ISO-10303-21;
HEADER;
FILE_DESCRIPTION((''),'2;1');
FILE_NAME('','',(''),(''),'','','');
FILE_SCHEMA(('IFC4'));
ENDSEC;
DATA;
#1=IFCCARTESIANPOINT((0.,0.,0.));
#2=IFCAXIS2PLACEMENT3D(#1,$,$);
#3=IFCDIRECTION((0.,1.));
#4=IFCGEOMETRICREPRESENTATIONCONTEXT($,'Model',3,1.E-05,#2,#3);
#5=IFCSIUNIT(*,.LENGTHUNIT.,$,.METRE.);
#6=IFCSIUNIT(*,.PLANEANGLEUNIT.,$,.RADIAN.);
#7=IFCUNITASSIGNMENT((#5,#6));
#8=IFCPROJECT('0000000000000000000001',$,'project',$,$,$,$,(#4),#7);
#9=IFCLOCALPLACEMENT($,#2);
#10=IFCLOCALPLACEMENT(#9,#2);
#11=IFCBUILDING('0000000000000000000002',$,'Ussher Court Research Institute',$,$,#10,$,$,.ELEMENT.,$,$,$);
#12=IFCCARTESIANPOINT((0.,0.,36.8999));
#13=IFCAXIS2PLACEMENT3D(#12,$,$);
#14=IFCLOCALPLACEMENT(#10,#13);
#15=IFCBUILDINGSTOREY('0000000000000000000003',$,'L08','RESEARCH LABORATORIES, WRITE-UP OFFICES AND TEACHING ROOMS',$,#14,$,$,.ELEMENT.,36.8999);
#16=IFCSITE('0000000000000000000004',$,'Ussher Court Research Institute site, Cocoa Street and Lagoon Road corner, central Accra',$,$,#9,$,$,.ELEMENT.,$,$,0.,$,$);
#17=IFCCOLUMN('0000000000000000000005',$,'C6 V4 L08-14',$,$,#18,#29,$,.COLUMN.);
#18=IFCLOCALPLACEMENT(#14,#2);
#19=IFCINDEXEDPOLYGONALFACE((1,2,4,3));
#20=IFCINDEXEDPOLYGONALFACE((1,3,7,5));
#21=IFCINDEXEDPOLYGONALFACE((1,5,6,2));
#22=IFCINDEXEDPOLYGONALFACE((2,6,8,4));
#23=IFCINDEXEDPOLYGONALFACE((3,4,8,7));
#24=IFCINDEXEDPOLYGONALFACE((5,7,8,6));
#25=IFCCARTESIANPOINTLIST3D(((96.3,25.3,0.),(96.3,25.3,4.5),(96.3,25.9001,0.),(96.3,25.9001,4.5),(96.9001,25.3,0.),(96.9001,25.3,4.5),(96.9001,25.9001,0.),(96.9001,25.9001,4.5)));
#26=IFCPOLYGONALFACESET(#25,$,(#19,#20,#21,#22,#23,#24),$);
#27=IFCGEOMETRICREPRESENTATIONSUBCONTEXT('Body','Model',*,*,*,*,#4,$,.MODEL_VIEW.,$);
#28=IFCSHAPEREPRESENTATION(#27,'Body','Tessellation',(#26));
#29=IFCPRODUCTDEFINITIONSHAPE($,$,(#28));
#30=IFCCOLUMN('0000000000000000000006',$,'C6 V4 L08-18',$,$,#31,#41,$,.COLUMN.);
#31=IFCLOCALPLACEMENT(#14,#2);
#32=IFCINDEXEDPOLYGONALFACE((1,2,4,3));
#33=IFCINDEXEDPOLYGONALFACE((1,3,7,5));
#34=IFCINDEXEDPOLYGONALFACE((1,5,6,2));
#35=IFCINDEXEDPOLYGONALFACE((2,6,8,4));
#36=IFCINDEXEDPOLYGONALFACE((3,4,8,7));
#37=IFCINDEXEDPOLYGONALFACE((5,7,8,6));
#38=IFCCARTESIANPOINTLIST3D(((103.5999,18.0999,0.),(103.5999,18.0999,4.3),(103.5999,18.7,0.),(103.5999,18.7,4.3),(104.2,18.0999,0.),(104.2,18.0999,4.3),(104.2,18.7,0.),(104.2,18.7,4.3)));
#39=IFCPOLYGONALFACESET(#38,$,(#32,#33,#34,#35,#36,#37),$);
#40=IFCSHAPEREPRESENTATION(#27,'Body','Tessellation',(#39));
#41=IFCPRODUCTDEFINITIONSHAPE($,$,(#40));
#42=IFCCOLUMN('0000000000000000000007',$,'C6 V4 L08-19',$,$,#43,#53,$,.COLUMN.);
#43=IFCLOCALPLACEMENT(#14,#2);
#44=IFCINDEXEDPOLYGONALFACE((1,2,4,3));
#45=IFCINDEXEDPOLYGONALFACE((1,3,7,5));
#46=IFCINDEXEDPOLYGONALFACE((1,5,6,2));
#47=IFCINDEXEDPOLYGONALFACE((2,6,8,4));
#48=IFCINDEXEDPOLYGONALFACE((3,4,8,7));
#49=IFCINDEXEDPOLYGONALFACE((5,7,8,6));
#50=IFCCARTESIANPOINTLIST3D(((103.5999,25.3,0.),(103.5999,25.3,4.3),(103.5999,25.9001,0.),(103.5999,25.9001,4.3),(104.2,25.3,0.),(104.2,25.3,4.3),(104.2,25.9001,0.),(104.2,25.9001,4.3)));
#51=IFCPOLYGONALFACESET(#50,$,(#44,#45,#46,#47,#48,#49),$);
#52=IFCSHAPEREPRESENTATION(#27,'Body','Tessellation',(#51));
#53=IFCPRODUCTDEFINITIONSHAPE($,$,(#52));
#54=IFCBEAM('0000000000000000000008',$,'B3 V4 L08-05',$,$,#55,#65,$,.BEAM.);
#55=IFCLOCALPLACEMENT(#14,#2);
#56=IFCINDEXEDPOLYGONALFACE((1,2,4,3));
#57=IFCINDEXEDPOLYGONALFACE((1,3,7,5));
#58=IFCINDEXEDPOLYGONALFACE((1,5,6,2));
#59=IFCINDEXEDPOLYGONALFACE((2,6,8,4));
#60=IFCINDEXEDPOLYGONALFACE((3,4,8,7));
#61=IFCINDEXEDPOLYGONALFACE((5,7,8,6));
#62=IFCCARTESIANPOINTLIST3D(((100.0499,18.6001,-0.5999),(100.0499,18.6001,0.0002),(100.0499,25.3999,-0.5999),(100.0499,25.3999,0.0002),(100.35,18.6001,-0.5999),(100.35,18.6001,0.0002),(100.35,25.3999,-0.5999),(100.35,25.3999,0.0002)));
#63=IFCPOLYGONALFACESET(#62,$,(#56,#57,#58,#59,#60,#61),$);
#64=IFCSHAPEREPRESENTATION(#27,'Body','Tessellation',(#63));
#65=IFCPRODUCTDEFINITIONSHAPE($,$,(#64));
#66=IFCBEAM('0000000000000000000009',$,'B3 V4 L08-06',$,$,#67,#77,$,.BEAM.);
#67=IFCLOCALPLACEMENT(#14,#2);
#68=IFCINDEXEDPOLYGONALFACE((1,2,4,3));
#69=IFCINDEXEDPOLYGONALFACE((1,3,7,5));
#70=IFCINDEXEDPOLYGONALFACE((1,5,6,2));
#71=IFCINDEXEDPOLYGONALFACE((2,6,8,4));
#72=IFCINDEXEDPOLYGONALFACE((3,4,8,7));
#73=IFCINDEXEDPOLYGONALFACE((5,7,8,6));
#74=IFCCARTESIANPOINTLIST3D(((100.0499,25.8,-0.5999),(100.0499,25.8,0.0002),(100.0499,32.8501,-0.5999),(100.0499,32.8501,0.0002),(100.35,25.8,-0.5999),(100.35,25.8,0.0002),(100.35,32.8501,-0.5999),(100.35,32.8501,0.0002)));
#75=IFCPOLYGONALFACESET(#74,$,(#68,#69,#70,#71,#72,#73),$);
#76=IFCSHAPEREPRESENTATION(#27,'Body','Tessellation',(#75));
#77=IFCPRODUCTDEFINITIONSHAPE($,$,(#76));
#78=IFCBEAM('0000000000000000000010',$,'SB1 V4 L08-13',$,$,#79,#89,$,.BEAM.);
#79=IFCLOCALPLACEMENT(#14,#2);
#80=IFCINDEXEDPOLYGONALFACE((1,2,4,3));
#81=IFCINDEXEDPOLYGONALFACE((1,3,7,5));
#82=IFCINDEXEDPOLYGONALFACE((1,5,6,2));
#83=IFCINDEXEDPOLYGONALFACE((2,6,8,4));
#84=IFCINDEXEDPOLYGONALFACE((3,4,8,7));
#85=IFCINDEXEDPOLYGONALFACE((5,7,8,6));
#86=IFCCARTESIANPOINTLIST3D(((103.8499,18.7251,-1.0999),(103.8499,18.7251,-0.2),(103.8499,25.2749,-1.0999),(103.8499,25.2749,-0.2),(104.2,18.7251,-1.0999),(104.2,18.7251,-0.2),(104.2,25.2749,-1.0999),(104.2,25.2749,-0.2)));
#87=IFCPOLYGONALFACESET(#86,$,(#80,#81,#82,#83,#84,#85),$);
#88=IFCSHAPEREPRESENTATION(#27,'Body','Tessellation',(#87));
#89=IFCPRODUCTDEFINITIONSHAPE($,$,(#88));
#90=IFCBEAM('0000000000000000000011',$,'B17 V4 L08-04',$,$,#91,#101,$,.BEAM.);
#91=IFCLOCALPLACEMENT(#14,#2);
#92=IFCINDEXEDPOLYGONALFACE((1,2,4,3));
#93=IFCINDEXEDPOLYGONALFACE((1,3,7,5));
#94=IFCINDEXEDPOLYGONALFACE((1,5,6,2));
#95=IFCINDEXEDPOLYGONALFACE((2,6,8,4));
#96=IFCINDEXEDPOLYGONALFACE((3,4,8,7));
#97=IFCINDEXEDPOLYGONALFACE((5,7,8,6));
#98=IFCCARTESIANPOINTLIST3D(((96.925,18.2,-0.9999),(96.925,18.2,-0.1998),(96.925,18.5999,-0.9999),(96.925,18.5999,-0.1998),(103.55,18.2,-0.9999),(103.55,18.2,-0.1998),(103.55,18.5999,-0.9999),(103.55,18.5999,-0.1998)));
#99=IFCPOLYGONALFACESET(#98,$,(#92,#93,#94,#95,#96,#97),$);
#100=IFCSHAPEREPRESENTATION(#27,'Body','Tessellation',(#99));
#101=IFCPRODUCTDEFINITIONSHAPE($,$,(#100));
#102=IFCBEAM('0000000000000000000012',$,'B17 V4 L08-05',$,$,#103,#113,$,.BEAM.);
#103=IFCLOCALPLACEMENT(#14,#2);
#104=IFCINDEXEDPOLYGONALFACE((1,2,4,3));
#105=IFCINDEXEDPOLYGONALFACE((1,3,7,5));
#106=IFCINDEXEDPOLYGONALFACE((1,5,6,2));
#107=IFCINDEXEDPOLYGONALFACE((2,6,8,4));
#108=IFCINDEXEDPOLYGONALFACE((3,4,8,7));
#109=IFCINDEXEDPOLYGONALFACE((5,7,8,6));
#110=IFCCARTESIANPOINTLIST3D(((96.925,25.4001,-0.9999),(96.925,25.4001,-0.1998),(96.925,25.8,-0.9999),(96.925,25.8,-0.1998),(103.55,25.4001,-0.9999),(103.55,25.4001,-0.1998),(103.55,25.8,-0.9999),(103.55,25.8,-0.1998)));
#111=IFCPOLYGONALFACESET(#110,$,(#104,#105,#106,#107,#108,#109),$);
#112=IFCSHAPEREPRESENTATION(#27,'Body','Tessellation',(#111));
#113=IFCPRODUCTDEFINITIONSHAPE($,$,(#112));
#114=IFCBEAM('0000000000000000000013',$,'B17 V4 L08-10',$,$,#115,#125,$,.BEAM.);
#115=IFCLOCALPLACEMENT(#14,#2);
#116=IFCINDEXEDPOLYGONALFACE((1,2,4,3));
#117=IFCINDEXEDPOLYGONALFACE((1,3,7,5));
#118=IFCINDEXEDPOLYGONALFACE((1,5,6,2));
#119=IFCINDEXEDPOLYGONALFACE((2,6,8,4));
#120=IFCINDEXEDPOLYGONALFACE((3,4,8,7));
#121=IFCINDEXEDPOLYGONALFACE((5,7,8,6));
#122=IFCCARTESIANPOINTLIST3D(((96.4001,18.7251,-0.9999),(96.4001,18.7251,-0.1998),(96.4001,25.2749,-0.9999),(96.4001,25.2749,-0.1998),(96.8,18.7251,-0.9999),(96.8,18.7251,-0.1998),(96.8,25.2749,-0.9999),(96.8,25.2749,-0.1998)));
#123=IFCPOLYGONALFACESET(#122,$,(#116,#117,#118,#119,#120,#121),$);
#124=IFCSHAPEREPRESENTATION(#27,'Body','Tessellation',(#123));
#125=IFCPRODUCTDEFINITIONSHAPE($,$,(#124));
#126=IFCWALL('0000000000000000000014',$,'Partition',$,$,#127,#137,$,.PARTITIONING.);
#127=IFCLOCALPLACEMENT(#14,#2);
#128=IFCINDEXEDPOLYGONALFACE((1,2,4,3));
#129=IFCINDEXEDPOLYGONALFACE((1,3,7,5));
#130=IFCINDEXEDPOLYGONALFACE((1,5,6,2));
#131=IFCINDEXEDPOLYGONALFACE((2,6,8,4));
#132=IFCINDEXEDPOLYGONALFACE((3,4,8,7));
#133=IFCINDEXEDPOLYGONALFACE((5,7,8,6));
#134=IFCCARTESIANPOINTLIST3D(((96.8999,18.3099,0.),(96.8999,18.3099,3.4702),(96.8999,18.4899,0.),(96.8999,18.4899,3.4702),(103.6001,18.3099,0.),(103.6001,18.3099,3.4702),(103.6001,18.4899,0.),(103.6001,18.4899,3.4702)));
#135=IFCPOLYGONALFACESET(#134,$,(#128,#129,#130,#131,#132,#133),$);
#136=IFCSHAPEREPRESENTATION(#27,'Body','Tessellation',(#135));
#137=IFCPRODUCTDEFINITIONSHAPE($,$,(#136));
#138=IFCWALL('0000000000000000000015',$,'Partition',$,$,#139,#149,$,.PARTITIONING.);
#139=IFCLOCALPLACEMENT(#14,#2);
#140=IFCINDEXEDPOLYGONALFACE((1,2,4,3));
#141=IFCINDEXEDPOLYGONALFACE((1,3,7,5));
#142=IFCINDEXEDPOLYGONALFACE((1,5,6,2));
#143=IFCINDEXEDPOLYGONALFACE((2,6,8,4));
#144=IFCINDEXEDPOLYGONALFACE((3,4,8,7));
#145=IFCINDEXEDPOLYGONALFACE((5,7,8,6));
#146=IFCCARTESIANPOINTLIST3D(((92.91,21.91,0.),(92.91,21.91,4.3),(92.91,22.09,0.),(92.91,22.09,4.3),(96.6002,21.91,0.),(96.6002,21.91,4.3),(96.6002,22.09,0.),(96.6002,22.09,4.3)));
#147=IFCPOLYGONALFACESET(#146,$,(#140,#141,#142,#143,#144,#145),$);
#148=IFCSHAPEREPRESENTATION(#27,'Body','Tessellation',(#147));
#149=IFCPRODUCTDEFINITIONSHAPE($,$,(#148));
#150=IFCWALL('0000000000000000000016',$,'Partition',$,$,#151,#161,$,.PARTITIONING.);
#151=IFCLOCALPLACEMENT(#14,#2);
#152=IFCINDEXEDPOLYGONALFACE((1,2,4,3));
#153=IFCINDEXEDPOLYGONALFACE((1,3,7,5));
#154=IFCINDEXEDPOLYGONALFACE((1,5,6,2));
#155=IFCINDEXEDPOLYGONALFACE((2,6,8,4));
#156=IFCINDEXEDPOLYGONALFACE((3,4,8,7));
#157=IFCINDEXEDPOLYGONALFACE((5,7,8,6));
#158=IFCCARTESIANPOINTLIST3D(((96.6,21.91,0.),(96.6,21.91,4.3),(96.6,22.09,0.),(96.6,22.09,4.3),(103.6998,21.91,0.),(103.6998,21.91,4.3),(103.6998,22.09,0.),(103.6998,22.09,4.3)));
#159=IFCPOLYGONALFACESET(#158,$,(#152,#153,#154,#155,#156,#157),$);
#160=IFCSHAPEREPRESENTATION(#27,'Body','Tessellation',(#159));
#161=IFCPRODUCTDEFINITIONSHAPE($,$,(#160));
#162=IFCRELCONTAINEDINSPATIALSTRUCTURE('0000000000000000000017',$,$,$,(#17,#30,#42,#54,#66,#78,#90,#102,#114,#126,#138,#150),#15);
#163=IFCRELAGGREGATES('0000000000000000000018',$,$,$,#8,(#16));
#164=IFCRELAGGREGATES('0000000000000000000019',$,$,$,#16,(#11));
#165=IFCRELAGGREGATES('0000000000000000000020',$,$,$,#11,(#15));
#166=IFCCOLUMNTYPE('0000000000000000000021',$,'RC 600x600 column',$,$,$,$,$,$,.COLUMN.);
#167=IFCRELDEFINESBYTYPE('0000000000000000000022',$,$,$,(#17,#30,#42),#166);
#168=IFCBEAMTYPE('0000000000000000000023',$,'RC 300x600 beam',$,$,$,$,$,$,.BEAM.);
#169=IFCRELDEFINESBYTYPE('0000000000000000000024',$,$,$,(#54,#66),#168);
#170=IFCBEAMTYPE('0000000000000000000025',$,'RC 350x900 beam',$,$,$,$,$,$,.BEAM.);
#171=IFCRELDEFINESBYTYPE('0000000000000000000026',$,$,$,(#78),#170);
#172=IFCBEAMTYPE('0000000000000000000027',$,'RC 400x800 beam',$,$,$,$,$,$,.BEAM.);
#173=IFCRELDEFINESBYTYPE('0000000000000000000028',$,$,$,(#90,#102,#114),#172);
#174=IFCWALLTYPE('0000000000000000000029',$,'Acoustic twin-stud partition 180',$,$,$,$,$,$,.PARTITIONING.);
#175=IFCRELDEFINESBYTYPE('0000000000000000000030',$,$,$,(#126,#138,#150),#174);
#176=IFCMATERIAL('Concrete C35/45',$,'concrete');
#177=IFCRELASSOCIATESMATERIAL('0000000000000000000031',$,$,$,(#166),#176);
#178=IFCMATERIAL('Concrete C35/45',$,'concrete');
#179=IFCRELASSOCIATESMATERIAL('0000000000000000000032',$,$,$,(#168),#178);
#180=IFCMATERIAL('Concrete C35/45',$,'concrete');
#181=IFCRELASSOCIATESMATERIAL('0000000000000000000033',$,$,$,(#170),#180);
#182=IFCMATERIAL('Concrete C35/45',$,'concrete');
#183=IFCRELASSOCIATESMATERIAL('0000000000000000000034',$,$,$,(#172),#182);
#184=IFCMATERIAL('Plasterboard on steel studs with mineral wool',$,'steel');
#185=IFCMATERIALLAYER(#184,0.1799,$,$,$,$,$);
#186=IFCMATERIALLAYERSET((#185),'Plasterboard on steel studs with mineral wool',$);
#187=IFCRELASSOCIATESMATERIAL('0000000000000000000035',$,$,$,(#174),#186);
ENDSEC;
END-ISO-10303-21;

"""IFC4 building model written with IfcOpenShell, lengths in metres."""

from ifc_helpers import new_model, si_unit, direction, frame, frame_2d, origin, origin_2d, place, context, subcontext, project, spatial, rectangle, extrude, material, layer, layer_set, material_profile, profile_set, type_object, element, save


model = new_model("IFC4")

# Units and contexts
model_context = context("Model", 3, precision=1e-05, world=origin(), true_north=direction((0.0, 1.0)))
body_context = subcontext(model_context, "Body", "Model", "MODEL_VIEW")
ifc_project = project(units=[si_unit("LENGTHUNIT", "METRE"), si_unit("PLANEANGLEUNIT", "RADIAN")], contexts=[model_context])

# Site, building, storey
site_placement = place(None, origin())
site = spatial("IfcSite", under=ifc_project, at=site_placement, Name="Ussher Court Research Institute site, Cocoa Street and Lagoon Road corner, central Accra", CompositionType="ELEMENT", RefElevation=0.0)
building_placement = place(site_placement, origin())
building = spatial("IfcBuilding", under=site, at=building_placement, Name="Ussher Court Research Institute", CompositionType="ELEMENT")
storey_placement = place(building_placement, frame((0.0, 0.0, 36.8999)))
storey = spatial("IfcBuildingStorey", under=building, at=storey_placement, Name="L08", Description="RESEARCH LABORATORIES, WRITE-UP OFFICES AND TEACHING ROOMS", CompositionType="ELEMENT", Elevation=36.8999)

# Columns
ifc_material_1 = material(Name="Concrete C35/45", Category="concrete")
ifc_material_profile_1 = material_profile(ifc_material_1, rectangle(XDim=0.6001, YDim=0.6001, at=origin_2d()), Name="RC 600x600")
ifc_profile_set_1 = profile_set([ifc_material_profile_1], Name="Concrete C35/45")
column_type = type_object("IfcColumnType", Name="RC 600x600 column", PredefinedType="COLUMN", material=ifc_profile_set_1)
column_placement = place(storey_placement, frame((96.6001, 25.6001, 0.0), z_axis=(0.0, 0.0, 1.0), x_axis=(1.0, 0.0, 0.0)))
element("IfcColumn", 1, at=column_placement, inside=storey, type_object=column_type, Name="C6 V4 L08-14", PredefinedType="COLUMN", context=body_context, shape_type="SweptSolid", body=[
    extrude(rectangle(XDim=0.6001, YDim=0.6001, at=origin_2d()), origin(), (0.0, 0.0, 1.0), 4.5),
])
for number, where, z_axis, x_axis, name in (
    (2, (103.8999, 18.3999, 0.0), (0.0, 0.0, 1.0), (1.0, 0.0, 0.0), "C6 V4 L08-18"),
    (3, (103.8999, 25.6001, 0.0), (0.0, 0.0, 1.0), (1.0, 0.0, 0.0), "C6 V4 L08-19"),
):
    element("IfcColumn", number, at=place(storey_placement, frame(where, z_axis=z_axis, x_axis=x_axis)), inside=storey, type_object=column_type, Name=name, PredefinedType="COLUMN", context=body_context, shape_type="SweptSolid", body=[
        extrude(rectangle(XDim=0.6001, YDim=0.6001, at=origin_2d()), origin(), (0.0, 0.0, 1.0), 4.3),
    ])

# Beams
ifc_material_2 = material(Name="Concrete C35/45", Category="concrete")
ifc_material_profile_2 = material_profile(ifc_material_2, rectangle(XDim=0.3, YDim=0.6001, at=origin_2d()), Name="RC 300x600")
ifc_profile_set_2 = profile_set([ifc_material_profile_2], Name="Concrete C35/45")
beam_type_1 = type_object("IfcBeamType", Name="RC 300x600 beam", PredefinedType="BEAM", material=ifc_profile_set_2)
beam_1_placement = place(storey_placement, frame((100.2, 18.6001, -0.2998), z_axis=(0.0, 1.0, 0.0), x_axis=(-1.0, 0.0, 0.0)))
element("IfcBeam", 4, at=beam_1_placement, inside=storey, type_object=beam_type_1, Name="B3 V4 L08-05", PredefinedType="BEAM", context=body_context, shape_type="SweptSolid", body=[
    extrude(rectangle(XDim=0.3, YDim=0.6001, at=origin_2d()), origin(), (0.0, 0.0, 1.0), 6.7998),
])
beam_2_placement = place(storey_placement, frame((100.2, 25.8, -0.2998), z_axis=(0.0, 1.0, 0.0), x_axis=(-1.0, 0.0, 0.0)))
element("IfcBeam", 5, at=beam_2_placement, inside=storey, type_object=beam_type_1, Name="B3 V4 L08-06", PredefinedType="BEAM", context=body_context, shape_type="SweptSolid", body=[
    extrude(rectangle(XDim=0.3, YDim=0.6001, at=origin_2d()), origin(), (0.0, 0.0, 1.0), 7.05),
])
ifc_material_3 = material(Name="Concrete C35/45", Category="concrete")
ifc_material_profile_3 = material_profile(ifc_material_3, rectangle(XDim=0.3501, YDim=0.8999, at=origin_2d()), Name="RC 350x900")
ifc_profile_set_3 = profile_set([ifc_material_profile_3], Name="Concrete C35/45")
beam_type_2 = type_object("IfcBeamType", Name="RC 350x900 beam", PredefinedType="BEAM", material=ifc_profile_set_3)
beam_3_placement = place(storey_placement, frame((104.0249, 18.7251, -0.6499), z_axis=(0.0, 1.0, 0.0), x_axis=(-1.0, 0.0, 0.0)))
element("IfcBeam", 6, at=beam_3_placement, inside=storey, type_object=beam_type_2, Name="SB1 V4 L08-13", PredefinedType="BEAM", context=body_context, shape_type="SweptSolid", body=[
    extrude(rectangle(XDim=0.3501, YDim=0.8999, at=origin_2d()), origin(), (0.0, 0.0, 1.0), 6.5498),
])
ifc_material_4 = material(Name="Concrete C35/45", Category="concrete")
ifc_material_profile_4 = material_profile(ifc_material_4, rectangle(XDim=0.3999, YDim=0.8, at=origin_2d()), Name="RC 400x800")
ifc_profile_set_4 = profile_set([ifc_material_profile_4], Name="Concrete C35/45")
beam_type_3 = type_object("IfcBeamType", Name="RC 400x800 beam", PredefinedType="BEAM", material=ifc_profile_set_4)
for number, where, z_axis, x_axis, name in (
    (7, (96.925, 18.3999, -0.5999), (1.0, 0.0, 0.0), (0.0, 1.0, 0.0), "B17 V4 L08-04"),
    (8, (96.925, 25.6001, -0.5999), (1.0, 0.0, 0.0), (0.0, 1.0, 0.0), "B17 V4 L08-05"),
):
    element("IfcBeam", number, at=place(storey_placement, frame(where, z_axis=z_axis, x_axis=x_axis)), inside=storey, type_object=beam_type_3, Name=name, PredefinedType="BEAM", context=body_context, shape_type="SweptSolid", body=[
        extrude(rectangle(XDim=0.3999, YDim=0.8, at=origin_2d()), origin(), (0.0, 0.0, 1.0), 6.625),
    ])
beam_4_placement = place(storey_placement, frame((96.6001, 18.7251, -0.5999), z_axis=(0.0, 1.0, 0.0), x_axis=(-1.0, 0.0, 0.0)))
element("IfcBeam", 9, at=beam_4_placement, inside=storey, type_object=beam_type_3, Name="B17 V4 L08-10", PredefinedType="BEAM", context=body_context, shape_type="SweptSolid", body=[
    extrude(rectangle(XDim=0.3999, YDim=0.8, at=origin_2d()), origin(), (0.0, 0.0, 1.0), 6.5498),
])

# Walls
ifc_material_5 = material(Name="Plasterboard on steel studs with mineral wool", Category="steel")
ifc_layer_1 = layer(ifc_material_5, 0.1799)
ifc_layer_set_1 = layer_set([ifc_layer_1], Name="Plasterboard on steel studs with mineral wool")
wall_type_1 = type_object("IfcWallType", Name="Acoustic twin-stud partition 180", PredefinedType="PARTITIONING", material=ifc_layer_set_1)
wall_1_placement = place(storey_placement, frame((96.8999, 18.3999, 0.0), z_axis=(0.0, 0.0, 1.0), x_axis=(1.0, 0.0, 0.0)))
element("IfcWall", 10, at=wall_1_placement, inside=storey, type_object=wall_type_1, Name="Partition", PredefinedType="PARTITIONING", context=body_context, shape_type="SweptSolid", body=[
    extrude(rectangle(XDim=6.7002, YDim=0.1799, at=frame_2d((3.3501, 0.0))), origin(), (0.0, 0.0, 1.0), 3.4702),
])
wall_2_placement = place(storey_placement, frame((92.9099, 22.0, 0.0), z_axis=(0.0, 0.0, 1.0), x_axis=(1.0, 0.0, 0.0)))
element("IfcWall", 11, at=wall_2_placement, inside=storey, type_object=wall_type_1, Name="Partition", PredefinedType="PARTITIONING", context=body_context, shape_type="SweptSolid", body=[
    extrude(rectangle(XDim=3.6902, YDim=0.1799, at=frame_2d((1.8452, 0.0))), origin(), (0.0, 0.0, 1.0), 4.3),
])
wall_3_placement = place(storey_placement, frame((96.6001, 22.0, 0.0), z_axis=(0.0, 0.0, 1.0), x_axis=(1.0, 0.0, 0.0)))
element("IfcWall", 12, at=wall_3_placement, inside=storey, type_object=wall_type_1, Name="Partition", PredefinedType="PARTITIONING", context=body_context, shape_type="SweptSolid", body=[
    extrude(rectangle(XDim=7.0999, YDim=0.1799, at=frame_2d((3.5498, 0.0))), origin(), (0.0, 0.0, 1.0), 4.3),
])

save(model, "model.ifc")
